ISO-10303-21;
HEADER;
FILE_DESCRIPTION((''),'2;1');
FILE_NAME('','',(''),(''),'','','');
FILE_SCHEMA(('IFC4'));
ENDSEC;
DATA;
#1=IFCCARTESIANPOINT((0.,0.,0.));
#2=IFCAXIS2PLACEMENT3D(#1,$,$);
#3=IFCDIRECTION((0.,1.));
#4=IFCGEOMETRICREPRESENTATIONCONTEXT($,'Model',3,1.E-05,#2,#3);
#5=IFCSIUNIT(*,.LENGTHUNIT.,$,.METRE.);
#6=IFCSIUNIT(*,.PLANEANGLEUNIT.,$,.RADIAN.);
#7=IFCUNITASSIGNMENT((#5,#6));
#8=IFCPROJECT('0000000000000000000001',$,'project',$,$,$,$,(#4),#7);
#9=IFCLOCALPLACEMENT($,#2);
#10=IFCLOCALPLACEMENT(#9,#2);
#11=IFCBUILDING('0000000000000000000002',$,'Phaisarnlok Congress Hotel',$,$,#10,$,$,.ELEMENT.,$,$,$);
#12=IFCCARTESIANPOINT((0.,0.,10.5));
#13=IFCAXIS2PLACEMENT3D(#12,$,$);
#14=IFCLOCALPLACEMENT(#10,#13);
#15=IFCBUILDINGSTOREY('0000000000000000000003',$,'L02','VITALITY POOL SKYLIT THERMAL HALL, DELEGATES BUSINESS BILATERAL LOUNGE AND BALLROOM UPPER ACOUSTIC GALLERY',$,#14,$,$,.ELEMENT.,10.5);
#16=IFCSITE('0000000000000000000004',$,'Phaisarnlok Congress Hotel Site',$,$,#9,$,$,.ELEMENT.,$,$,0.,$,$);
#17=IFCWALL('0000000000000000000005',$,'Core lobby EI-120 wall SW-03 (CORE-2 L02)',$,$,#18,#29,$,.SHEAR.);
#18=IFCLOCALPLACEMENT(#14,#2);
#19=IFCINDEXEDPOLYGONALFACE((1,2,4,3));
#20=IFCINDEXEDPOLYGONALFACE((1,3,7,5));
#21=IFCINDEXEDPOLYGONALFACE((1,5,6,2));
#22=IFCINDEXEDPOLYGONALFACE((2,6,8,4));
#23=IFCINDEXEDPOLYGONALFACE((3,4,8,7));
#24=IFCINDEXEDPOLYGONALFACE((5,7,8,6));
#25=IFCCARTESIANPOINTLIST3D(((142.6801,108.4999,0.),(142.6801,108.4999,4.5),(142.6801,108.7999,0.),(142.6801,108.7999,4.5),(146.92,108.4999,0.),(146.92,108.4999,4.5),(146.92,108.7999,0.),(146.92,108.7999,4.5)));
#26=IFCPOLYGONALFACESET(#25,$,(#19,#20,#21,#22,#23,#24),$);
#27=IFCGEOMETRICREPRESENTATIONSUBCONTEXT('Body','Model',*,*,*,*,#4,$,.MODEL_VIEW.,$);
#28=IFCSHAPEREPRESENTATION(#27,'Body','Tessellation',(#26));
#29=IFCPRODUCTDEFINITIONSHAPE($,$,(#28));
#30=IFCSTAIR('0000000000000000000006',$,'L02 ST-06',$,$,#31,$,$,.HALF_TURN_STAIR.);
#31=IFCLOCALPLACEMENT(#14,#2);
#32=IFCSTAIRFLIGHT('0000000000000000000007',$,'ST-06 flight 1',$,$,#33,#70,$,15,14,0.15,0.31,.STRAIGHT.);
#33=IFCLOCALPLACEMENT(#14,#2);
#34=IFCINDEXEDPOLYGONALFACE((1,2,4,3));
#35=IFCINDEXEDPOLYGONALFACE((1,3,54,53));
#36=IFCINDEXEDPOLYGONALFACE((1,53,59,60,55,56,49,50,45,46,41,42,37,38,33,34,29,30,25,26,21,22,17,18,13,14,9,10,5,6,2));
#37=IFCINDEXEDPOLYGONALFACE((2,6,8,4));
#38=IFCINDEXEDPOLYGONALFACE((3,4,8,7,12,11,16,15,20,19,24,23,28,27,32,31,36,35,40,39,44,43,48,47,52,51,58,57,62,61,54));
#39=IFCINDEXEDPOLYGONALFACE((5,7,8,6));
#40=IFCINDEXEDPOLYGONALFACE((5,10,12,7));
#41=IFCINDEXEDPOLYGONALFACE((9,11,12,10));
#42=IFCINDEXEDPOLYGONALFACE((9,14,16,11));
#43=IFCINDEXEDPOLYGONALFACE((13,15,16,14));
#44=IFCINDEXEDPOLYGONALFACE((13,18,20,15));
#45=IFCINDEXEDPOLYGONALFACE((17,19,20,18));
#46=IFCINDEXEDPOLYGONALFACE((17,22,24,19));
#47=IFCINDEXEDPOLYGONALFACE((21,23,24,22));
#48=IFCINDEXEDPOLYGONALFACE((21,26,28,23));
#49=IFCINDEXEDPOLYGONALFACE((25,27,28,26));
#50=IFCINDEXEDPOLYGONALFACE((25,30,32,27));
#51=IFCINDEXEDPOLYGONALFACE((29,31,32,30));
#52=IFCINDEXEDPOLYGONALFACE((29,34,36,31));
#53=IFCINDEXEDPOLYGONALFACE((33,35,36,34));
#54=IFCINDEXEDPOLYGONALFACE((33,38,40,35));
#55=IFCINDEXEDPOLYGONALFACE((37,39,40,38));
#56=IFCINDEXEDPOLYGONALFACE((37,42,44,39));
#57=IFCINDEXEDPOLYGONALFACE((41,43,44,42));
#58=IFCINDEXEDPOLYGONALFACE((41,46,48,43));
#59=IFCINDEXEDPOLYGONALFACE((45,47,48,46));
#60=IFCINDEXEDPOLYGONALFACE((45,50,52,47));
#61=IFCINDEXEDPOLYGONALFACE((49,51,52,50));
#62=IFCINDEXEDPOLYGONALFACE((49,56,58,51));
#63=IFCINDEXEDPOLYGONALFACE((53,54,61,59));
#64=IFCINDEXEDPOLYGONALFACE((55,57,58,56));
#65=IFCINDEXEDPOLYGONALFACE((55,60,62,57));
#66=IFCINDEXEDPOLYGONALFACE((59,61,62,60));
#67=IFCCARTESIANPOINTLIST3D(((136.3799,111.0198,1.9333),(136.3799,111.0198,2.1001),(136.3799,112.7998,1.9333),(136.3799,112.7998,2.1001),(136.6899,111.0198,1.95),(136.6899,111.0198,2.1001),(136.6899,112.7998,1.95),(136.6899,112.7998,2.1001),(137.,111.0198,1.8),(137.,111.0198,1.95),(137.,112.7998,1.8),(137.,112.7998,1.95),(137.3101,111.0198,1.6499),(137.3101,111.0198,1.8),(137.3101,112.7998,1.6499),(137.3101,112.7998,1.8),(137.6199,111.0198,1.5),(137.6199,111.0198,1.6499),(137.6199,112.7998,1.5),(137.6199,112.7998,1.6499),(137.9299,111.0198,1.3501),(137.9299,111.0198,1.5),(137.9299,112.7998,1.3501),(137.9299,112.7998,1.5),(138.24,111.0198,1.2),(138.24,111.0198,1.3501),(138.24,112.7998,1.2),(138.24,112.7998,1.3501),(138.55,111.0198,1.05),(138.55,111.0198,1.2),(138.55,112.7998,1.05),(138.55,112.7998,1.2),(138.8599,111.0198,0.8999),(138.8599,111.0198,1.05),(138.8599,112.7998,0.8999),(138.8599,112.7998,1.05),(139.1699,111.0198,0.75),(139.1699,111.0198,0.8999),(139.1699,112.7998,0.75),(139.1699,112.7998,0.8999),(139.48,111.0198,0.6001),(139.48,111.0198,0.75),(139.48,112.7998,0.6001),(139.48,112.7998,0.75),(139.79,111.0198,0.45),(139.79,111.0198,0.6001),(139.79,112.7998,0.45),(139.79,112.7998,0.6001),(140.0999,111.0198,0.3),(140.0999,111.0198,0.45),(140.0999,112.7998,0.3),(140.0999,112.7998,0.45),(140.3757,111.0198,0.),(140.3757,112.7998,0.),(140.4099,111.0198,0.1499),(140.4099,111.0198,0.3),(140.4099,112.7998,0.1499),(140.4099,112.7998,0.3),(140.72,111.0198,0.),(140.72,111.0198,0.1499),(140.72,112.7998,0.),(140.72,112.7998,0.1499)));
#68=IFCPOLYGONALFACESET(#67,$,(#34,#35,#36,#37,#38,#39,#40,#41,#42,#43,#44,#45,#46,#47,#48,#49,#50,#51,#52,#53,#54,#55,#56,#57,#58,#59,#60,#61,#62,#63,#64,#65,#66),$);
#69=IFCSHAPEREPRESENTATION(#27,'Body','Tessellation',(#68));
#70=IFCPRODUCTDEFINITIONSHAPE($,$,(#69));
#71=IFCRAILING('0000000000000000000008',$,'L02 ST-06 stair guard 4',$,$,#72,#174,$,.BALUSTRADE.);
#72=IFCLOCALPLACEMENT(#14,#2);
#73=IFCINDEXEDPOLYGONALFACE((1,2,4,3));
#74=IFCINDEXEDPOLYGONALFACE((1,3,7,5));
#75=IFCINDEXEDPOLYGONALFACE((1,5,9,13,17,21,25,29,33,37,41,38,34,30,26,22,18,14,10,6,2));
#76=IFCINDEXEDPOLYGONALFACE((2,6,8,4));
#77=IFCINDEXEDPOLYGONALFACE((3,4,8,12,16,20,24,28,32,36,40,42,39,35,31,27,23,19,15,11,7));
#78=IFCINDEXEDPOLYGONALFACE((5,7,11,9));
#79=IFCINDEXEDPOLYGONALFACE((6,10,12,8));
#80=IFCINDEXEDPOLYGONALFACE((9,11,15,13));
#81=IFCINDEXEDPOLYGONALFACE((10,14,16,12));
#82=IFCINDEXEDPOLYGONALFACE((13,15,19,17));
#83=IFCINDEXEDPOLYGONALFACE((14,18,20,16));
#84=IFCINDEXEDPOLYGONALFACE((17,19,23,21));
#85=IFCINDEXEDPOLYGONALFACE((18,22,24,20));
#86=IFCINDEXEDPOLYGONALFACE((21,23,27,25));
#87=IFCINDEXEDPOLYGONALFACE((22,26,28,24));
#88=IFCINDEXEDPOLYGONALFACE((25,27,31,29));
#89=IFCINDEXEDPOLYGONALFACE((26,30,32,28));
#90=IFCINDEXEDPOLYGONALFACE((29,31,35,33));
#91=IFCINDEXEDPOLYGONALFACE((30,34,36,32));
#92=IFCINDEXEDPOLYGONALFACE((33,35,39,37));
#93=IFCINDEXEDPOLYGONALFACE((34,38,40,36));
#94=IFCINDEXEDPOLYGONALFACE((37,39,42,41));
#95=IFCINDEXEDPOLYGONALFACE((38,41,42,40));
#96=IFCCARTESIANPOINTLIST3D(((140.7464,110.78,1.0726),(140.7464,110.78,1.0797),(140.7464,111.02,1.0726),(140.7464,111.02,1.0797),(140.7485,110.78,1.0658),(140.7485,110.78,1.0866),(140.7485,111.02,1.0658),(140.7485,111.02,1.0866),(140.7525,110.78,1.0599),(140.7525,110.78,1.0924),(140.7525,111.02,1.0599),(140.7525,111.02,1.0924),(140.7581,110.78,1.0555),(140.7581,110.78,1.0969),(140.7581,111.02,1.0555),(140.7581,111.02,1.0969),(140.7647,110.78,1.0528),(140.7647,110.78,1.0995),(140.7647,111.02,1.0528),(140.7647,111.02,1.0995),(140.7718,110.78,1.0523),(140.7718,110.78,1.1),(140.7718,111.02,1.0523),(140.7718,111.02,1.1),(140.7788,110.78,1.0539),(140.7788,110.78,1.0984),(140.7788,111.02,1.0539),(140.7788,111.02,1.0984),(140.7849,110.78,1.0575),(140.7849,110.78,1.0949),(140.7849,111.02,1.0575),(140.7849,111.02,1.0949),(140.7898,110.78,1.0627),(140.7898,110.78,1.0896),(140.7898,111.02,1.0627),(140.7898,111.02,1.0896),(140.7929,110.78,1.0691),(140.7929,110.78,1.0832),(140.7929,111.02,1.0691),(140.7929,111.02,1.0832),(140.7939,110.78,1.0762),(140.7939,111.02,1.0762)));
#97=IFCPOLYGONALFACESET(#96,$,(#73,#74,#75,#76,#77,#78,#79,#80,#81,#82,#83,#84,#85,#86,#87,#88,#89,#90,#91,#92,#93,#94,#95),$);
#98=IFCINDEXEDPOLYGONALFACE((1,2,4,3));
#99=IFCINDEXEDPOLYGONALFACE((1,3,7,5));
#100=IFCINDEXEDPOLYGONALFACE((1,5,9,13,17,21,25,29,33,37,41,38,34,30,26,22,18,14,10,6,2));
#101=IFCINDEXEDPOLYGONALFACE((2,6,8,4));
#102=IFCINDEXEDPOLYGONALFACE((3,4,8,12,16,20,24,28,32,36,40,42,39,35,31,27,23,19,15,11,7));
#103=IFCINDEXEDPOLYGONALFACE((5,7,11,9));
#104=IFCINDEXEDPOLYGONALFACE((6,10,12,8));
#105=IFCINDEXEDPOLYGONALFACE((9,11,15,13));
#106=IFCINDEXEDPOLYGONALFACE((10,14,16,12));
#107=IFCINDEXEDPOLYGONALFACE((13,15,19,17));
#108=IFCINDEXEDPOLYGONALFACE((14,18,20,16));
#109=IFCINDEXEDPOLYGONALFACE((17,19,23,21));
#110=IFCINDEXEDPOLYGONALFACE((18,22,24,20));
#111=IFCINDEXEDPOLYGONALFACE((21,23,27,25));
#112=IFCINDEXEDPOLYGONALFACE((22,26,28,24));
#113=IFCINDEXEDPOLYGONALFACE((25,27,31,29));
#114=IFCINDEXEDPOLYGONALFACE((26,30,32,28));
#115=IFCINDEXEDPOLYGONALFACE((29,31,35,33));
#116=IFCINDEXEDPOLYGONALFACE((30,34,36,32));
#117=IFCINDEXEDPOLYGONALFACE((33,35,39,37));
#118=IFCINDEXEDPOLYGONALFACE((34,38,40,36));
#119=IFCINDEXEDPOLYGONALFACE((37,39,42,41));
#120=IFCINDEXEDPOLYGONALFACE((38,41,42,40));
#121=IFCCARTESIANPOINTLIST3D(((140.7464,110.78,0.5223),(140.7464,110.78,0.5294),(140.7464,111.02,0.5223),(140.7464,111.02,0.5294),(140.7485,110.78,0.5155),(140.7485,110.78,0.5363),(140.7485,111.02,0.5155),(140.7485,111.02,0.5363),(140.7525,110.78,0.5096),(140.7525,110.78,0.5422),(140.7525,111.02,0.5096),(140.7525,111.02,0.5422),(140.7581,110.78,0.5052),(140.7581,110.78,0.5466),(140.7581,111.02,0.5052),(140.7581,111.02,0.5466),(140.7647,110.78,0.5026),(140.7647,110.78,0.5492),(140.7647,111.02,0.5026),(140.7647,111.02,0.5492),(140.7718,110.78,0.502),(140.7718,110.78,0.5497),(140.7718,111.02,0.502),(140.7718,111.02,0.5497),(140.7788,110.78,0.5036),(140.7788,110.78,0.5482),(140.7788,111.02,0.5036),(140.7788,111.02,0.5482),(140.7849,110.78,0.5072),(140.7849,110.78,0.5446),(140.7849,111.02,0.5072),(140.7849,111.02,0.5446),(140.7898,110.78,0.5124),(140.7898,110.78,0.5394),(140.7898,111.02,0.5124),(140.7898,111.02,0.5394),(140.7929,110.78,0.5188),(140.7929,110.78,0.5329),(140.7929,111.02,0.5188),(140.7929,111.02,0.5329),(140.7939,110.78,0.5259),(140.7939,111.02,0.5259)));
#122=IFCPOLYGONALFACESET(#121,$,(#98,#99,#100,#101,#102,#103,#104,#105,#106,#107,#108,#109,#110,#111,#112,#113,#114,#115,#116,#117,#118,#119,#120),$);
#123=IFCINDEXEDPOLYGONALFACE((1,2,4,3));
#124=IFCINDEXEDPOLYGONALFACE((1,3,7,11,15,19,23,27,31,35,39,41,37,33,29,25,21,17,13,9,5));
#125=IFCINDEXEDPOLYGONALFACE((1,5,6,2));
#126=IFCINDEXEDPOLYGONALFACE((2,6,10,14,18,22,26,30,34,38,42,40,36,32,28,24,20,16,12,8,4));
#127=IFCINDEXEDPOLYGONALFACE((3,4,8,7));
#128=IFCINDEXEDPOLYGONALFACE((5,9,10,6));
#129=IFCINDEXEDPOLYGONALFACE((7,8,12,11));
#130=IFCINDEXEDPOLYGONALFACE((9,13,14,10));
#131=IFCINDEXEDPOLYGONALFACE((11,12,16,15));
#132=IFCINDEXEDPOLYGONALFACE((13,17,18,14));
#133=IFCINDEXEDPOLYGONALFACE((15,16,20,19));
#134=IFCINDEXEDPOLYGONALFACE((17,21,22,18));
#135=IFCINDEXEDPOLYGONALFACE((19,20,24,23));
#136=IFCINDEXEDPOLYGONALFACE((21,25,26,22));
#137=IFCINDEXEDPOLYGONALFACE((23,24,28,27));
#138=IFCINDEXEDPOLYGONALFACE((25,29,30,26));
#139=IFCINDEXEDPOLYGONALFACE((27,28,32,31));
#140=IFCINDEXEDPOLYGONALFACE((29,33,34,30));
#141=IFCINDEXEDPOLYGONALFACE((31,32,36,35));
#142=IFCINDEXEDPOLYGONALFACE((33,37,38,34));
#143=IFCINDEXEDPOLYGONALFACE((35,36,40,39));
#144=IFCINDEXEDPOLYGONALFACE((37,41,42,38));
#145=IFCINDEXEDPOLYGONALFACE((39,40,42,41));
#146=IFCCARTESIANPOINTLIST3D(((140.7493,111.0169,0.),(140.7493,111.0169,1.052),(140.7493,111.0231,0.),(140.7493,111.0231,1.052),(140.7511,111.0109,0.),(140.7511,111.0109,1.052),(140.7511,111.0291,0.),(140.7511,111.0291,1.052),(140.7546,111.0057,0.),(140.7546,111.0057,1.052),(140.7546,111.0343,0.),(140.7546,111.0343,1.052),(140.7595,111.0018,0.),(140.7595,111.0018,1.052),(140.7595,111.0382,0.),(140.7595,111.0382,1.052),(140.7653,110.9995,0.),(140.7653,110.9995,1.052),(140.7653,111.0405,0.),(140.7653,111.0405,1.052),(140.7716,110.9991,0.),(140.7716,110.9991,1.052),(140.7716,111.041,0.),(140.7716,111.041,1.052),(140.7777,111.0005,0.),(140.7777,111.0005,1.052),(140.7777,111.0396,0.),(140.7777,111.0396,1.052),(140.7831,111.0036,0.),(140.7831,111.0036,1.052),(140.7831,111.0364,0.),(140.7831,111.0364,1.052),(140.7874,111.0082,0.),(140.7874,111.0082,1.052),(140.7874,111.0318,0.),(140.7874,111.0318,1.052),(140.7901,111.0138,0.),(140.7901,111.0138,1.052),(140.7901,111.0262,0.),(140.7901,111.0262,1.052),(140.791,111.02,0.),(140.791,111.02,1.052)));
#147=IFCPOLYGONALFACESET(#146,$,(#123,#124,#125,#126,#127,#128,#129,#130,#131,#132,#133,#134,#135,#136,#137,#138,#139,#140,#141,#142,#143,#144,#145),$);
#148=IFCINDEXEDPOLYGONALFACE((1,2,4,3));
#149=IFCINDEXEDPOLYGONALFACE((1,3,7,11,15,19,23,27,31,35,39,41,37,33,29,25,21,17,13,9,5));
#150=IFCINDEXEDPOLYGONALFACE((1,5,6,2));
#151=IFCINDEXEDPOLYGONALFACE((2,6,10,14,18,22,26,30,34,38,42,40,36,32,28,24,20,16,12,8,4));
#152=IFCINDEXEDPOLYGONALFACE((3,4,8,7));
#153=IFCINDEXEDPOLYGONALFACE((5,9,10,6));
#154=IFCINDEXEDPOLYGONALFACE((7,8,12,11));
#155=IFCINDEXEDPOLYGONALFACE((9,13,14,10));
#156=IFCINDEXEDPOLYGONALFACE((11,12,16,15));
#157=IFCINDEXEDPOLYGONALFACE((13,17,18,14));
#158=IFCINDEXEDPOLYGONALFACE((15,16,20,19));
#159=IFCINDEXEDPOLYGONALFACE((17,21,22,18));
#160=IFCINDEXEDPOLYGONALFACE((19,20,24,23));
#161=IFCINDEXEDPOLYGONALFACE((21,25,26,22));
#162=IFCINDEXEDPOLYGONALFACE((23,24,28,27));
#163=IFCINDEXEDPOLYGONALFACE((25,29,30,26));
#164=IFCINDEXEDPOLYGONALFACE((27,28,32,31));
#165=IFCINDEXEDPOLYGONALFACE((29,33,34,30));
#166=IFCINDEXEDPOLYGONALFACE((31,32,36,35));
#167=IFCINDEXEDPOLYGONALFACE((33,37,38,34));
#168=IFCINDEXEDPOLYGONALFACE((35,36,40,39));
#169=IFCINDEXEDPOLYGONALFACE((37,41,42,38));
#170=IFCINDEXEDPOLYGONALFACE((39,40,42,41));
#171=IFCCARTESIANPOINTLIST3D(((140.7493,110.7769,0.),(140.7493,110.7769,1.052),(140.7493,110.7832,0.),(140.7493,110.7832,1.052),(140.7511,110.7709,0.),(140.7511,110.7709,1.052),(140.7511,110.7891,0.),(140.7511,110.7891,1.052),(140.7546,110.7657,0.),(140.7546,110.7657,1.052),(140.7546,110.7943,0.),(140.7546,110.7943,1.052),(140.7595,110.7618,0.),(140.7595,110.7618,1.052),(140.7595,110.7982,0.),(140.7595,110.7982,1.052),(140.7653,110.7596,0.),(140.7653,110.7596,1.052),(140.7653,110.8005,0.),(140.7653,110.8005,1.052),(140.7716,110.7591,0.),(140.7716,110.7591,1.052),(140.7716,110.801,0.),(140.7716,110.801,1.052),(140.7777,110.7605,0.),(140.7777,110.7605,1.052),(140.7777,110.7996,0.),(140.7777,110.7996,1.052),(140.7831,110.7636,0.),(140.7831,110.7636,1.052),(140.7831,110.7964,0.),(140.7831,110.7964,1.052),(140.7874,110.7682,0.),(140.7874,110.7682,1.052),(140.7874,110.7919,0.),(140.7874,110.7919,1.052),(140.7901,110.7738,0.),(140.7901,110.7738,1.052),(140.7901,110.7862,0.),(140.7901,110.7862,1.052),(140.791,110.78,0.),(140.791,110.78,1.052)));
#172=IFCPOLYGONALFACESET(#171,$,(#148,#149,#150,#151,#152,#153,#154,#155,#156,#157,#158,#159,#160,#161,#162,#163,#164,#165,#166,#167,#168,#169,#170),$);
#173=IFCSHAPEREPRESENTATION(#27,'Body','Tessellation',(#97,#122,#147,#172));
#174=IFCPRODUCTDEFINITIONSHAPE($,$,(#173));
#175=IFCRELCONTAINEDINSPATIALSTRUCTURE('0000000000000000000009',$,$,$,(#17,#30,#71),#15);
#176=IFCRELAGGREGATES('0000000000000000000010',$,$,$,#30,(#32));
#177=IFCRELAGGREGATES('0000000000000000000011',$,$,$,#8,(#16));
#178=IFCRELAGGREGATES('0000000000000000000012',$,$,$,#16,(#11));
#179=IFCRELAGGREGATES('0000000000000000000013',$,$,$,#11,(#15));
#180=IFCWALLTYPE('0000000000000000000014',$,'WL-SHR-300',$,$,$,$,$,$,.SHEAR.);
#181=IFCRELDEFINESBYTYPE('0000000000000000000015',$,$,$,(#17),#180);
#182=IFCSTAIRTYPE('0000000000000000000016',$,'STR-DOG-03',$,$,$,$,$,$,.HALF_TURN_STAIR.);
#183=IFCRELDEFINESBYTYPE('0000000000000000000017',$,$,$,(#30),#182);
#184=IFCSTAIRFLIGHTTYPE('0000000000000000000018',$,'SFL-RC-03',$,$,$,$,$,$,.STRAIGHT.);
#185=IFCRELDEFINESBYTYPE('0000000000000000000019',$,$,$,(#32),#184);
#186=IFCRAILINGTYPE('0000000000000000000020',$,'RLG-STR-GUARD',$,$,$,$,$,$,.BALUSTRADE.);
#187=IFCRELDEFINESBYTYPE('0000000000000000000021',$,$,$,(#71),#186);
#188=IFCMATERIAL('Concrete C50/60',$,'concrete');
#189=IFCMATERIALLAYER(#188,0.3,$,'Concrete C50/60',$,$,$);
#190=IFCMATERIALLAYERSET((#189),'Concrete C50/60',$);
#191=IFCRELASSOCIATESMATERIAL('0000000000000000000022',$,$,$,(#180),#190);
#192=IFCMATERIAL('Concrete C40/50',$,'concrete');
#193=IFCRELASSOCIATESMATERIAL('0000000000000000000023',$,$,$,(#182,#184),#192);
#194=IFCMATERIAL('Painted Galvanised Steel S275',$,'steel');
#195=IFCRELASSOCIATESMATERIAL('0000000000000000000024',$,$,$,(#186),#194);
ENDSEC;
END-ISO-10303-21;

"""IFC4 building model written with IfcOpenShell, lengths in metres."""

from ifc_helpers import new_model, si_unit, direction, frame, frame_2d, origin, origin_2d, place, context, subcontext, project, spatial, polyline, rectangle, circle, outline, extrude, material, layer, layer_set, type_object, element, aggregate, save


model = new_model("IFC4")

# Units and contexts
model_context = context("Model", 3, precision=1e-05, world=origin(), true_north=direction((0.0, 1.0)))
body_context = subcontext(model_context, "Body", "Model", "MODEL_VIEW")
ifc_project = project(units=[si_unit("LENGTHUNIT", "METRE"), si_unit("PLANEANGLEUNIT", "RADIAN")], contexts=[model_context])

# Site, building, storey
site_placement = place(None, origin())
site = spatial("IfcSite", under=ifc_project, at=site_placement, Name="Phaisarnlok Congress Hotel Site", CompositionType="ELEMENT", RefElevation=0.0)
building_placement = place(site_placement, origin())
building = spatial("IfcBuilding", under=site, at=building_placement, Name="Phaisarnlok Congress Hotel", CompositionType="ELEMENT")
storey_placement = place(building_placement, frame((0.0, 0.0, 10.5)))
storey = spatial("IfcBuildingStorey", under=building, at=storey_placement, Name="L02", Description="VITALITY POOL SKYLIT THERMAL HALL, DELEGATES BUSINESS BILATERAL LOUNGE AND BALLROOM UPPER ACOUSTIC GALLERY", CompositionType="ELEMENT", Elevation=10.5)

# Shared definitions
ifc_material_1 = material(Name="Concrete C50/60", Category="concrete")

# Shared definitions
ifc_material_2 = material(Name="Concrete C40/50", Category="concrete")

# Shared definitions
ifc_layer_1 = layer(ifc_material_1, 0.3, Name="Concrete C50/60")
ifc_layer_set_1 = layer_set([ifc_layer_1], Name="Concrete C50/60")
wall_type_1 = type_object("IfcWallType", Name="WL-SHR-300", PredefinedType="SHEAR", material=ifc_layer_set_1)

# Wall
wall_1_placement = place(storey_placement, frame((142.6799, 108.6499, 0.0), z_axis=(0.0, 0.0, 1.0), x_axis=(1.0, 0.0, 0.0)))
element("IfcWall", 1, at=wall_1_placement, inside=storey, type_object=wall_type_1, Name="Core lobby EI-120 wall SW-03 (CORE-2 L02)", PredefinedType="SHEAR", context=body_context, shape_type="SweptSolid", body=[
    extrude(rectangle(XDim=4.24, YDim=0.3, at=frame_2d((2.1201, 0.0))), origin(), (0.0, 0.0, 1.0), 4.5),
])

# Stair, stair flight
stair_type = type_object("IfcStairType", Name="STR-DOG-03", PredefinedType="HALF_TURN_STAIR", material=ifc_material_2)
stair_placement = place(storey_placement, origin())
stair = element("IfcStair", 2, at=stair_placement, inside=storey, type_object=stair_type, Name="L02 ST-06", PredefinedType="HALF_TURN_STAIR")
stair_flight_type = type_object("IfcStairFlightType", Name="SFL-RC-03", PredefinedType="STRAIGHT", material=ifc_material_2)
stair_flight_placement = place(storey_placement, frame((140.72, 111.9099, 0.0), z_axis=(0.0, 0.0, 1.0), x_axis=(-1.0, 0.0, 0.0)))
stair_flight = element("IfcStairFlight", 3, at=stair_flight_placement, type_object=stair_flight_type, Name="ST-06 flight 1", NumberOfRisers=15, NumberOfTreads=14, PredefinedType="STRAIGHT", RiserHeight=0.15, TreadLength=0.31, context=body_context, shape_type="SweptSolid", body=[
    extrude(outline(polyline([(0.0, 0.0), (0.0, 0.1499), (0.3101, 0.1499), (0.3101, 0.3), (0.6201, 0.3), (0.6201, 0.45), (0.9299, 0.45), (0.9299, 0.6001), (1.24, 0.6001), (1.24, 0.75), (1.55, 0.75), (1.55, 0.8999), (1.8601, 0.8999), (1.8601, 1.05), (2.1699, 1.05), (2.1699, 1.2), (2.48, 1.2), (2.48, 1.3501), (2.79, 1.3501), (2.79, 1.5), (3.1001, 1.5), (3.1001, 1.6499), (3.4099, 1.6499), (3.4099, 1.8), (3.72, 1.8), (3.72, 1.95), (4.03, 1.95), (4.03, 2.1001), (4.3401, 2.1001), (4.3401, 2.25), (4.3401, 1.9333), (0.3442, 0.0), (0.0, 0.0)])), frame((0.0, 0.8901, 0.0), z_axis=(0.0, -1.0, 0.0), x_axis=(1.0, 0.0, 0.0)), (0.0, 0.0, 1.0), 1.78),
])
aggregate(stair, [stair_flight])

# Railing
ifc_material_3 = material(Name="Painted Galvanised Steel S275", Category="steel")
railing_type_1 = type_object("IfcRailingType", Name="RLG-STR-GUARD", PredefinedType="BALUSTRADE", material=ifc_material_3)
railing_1_placement = place(storey_placement, frame((140.77, 111.02, 0.0)))
element("IfcRailing", 4, at=railing_1_placement, inside=storey, type_object=railing_type_1, Name="L02 ST-06 stair guard 4", PredefinedType="BALUSTRADE", context=body_context, shape_type="SweptSolid", body=[
    extrude(circle(Radius=0.0239, at=origin_2d()), frame((0.0, 0.0, 1.0762), z_axis=(0.0, -1.0, 0.0), x_axis=(1.0, 0.0, 0.0)), (0.0, 0.0, 1.0), 0.24),
    extrude(circle(Radius=0.0239, at=origin_2d()), frame((0.0, 0.0, 0.5259), z_axis=(0.0, -1.0, 0.0), x_axis=(1.0, 0.0, 0.0)), (0.0, 0.0, 1.0), 0.24),
    extrude(circle(Radius=0.021, at=origin_2d()), origin(), (0.0, 0.0, 1.0), 1.052),
    extrude(circle(Radius=0.021, at=origin_2d()), frame((0.0, -0.24, 0.0)), (0.0, 0.0, 1.0), 1.052),
])

save(model, "model.ifc")
